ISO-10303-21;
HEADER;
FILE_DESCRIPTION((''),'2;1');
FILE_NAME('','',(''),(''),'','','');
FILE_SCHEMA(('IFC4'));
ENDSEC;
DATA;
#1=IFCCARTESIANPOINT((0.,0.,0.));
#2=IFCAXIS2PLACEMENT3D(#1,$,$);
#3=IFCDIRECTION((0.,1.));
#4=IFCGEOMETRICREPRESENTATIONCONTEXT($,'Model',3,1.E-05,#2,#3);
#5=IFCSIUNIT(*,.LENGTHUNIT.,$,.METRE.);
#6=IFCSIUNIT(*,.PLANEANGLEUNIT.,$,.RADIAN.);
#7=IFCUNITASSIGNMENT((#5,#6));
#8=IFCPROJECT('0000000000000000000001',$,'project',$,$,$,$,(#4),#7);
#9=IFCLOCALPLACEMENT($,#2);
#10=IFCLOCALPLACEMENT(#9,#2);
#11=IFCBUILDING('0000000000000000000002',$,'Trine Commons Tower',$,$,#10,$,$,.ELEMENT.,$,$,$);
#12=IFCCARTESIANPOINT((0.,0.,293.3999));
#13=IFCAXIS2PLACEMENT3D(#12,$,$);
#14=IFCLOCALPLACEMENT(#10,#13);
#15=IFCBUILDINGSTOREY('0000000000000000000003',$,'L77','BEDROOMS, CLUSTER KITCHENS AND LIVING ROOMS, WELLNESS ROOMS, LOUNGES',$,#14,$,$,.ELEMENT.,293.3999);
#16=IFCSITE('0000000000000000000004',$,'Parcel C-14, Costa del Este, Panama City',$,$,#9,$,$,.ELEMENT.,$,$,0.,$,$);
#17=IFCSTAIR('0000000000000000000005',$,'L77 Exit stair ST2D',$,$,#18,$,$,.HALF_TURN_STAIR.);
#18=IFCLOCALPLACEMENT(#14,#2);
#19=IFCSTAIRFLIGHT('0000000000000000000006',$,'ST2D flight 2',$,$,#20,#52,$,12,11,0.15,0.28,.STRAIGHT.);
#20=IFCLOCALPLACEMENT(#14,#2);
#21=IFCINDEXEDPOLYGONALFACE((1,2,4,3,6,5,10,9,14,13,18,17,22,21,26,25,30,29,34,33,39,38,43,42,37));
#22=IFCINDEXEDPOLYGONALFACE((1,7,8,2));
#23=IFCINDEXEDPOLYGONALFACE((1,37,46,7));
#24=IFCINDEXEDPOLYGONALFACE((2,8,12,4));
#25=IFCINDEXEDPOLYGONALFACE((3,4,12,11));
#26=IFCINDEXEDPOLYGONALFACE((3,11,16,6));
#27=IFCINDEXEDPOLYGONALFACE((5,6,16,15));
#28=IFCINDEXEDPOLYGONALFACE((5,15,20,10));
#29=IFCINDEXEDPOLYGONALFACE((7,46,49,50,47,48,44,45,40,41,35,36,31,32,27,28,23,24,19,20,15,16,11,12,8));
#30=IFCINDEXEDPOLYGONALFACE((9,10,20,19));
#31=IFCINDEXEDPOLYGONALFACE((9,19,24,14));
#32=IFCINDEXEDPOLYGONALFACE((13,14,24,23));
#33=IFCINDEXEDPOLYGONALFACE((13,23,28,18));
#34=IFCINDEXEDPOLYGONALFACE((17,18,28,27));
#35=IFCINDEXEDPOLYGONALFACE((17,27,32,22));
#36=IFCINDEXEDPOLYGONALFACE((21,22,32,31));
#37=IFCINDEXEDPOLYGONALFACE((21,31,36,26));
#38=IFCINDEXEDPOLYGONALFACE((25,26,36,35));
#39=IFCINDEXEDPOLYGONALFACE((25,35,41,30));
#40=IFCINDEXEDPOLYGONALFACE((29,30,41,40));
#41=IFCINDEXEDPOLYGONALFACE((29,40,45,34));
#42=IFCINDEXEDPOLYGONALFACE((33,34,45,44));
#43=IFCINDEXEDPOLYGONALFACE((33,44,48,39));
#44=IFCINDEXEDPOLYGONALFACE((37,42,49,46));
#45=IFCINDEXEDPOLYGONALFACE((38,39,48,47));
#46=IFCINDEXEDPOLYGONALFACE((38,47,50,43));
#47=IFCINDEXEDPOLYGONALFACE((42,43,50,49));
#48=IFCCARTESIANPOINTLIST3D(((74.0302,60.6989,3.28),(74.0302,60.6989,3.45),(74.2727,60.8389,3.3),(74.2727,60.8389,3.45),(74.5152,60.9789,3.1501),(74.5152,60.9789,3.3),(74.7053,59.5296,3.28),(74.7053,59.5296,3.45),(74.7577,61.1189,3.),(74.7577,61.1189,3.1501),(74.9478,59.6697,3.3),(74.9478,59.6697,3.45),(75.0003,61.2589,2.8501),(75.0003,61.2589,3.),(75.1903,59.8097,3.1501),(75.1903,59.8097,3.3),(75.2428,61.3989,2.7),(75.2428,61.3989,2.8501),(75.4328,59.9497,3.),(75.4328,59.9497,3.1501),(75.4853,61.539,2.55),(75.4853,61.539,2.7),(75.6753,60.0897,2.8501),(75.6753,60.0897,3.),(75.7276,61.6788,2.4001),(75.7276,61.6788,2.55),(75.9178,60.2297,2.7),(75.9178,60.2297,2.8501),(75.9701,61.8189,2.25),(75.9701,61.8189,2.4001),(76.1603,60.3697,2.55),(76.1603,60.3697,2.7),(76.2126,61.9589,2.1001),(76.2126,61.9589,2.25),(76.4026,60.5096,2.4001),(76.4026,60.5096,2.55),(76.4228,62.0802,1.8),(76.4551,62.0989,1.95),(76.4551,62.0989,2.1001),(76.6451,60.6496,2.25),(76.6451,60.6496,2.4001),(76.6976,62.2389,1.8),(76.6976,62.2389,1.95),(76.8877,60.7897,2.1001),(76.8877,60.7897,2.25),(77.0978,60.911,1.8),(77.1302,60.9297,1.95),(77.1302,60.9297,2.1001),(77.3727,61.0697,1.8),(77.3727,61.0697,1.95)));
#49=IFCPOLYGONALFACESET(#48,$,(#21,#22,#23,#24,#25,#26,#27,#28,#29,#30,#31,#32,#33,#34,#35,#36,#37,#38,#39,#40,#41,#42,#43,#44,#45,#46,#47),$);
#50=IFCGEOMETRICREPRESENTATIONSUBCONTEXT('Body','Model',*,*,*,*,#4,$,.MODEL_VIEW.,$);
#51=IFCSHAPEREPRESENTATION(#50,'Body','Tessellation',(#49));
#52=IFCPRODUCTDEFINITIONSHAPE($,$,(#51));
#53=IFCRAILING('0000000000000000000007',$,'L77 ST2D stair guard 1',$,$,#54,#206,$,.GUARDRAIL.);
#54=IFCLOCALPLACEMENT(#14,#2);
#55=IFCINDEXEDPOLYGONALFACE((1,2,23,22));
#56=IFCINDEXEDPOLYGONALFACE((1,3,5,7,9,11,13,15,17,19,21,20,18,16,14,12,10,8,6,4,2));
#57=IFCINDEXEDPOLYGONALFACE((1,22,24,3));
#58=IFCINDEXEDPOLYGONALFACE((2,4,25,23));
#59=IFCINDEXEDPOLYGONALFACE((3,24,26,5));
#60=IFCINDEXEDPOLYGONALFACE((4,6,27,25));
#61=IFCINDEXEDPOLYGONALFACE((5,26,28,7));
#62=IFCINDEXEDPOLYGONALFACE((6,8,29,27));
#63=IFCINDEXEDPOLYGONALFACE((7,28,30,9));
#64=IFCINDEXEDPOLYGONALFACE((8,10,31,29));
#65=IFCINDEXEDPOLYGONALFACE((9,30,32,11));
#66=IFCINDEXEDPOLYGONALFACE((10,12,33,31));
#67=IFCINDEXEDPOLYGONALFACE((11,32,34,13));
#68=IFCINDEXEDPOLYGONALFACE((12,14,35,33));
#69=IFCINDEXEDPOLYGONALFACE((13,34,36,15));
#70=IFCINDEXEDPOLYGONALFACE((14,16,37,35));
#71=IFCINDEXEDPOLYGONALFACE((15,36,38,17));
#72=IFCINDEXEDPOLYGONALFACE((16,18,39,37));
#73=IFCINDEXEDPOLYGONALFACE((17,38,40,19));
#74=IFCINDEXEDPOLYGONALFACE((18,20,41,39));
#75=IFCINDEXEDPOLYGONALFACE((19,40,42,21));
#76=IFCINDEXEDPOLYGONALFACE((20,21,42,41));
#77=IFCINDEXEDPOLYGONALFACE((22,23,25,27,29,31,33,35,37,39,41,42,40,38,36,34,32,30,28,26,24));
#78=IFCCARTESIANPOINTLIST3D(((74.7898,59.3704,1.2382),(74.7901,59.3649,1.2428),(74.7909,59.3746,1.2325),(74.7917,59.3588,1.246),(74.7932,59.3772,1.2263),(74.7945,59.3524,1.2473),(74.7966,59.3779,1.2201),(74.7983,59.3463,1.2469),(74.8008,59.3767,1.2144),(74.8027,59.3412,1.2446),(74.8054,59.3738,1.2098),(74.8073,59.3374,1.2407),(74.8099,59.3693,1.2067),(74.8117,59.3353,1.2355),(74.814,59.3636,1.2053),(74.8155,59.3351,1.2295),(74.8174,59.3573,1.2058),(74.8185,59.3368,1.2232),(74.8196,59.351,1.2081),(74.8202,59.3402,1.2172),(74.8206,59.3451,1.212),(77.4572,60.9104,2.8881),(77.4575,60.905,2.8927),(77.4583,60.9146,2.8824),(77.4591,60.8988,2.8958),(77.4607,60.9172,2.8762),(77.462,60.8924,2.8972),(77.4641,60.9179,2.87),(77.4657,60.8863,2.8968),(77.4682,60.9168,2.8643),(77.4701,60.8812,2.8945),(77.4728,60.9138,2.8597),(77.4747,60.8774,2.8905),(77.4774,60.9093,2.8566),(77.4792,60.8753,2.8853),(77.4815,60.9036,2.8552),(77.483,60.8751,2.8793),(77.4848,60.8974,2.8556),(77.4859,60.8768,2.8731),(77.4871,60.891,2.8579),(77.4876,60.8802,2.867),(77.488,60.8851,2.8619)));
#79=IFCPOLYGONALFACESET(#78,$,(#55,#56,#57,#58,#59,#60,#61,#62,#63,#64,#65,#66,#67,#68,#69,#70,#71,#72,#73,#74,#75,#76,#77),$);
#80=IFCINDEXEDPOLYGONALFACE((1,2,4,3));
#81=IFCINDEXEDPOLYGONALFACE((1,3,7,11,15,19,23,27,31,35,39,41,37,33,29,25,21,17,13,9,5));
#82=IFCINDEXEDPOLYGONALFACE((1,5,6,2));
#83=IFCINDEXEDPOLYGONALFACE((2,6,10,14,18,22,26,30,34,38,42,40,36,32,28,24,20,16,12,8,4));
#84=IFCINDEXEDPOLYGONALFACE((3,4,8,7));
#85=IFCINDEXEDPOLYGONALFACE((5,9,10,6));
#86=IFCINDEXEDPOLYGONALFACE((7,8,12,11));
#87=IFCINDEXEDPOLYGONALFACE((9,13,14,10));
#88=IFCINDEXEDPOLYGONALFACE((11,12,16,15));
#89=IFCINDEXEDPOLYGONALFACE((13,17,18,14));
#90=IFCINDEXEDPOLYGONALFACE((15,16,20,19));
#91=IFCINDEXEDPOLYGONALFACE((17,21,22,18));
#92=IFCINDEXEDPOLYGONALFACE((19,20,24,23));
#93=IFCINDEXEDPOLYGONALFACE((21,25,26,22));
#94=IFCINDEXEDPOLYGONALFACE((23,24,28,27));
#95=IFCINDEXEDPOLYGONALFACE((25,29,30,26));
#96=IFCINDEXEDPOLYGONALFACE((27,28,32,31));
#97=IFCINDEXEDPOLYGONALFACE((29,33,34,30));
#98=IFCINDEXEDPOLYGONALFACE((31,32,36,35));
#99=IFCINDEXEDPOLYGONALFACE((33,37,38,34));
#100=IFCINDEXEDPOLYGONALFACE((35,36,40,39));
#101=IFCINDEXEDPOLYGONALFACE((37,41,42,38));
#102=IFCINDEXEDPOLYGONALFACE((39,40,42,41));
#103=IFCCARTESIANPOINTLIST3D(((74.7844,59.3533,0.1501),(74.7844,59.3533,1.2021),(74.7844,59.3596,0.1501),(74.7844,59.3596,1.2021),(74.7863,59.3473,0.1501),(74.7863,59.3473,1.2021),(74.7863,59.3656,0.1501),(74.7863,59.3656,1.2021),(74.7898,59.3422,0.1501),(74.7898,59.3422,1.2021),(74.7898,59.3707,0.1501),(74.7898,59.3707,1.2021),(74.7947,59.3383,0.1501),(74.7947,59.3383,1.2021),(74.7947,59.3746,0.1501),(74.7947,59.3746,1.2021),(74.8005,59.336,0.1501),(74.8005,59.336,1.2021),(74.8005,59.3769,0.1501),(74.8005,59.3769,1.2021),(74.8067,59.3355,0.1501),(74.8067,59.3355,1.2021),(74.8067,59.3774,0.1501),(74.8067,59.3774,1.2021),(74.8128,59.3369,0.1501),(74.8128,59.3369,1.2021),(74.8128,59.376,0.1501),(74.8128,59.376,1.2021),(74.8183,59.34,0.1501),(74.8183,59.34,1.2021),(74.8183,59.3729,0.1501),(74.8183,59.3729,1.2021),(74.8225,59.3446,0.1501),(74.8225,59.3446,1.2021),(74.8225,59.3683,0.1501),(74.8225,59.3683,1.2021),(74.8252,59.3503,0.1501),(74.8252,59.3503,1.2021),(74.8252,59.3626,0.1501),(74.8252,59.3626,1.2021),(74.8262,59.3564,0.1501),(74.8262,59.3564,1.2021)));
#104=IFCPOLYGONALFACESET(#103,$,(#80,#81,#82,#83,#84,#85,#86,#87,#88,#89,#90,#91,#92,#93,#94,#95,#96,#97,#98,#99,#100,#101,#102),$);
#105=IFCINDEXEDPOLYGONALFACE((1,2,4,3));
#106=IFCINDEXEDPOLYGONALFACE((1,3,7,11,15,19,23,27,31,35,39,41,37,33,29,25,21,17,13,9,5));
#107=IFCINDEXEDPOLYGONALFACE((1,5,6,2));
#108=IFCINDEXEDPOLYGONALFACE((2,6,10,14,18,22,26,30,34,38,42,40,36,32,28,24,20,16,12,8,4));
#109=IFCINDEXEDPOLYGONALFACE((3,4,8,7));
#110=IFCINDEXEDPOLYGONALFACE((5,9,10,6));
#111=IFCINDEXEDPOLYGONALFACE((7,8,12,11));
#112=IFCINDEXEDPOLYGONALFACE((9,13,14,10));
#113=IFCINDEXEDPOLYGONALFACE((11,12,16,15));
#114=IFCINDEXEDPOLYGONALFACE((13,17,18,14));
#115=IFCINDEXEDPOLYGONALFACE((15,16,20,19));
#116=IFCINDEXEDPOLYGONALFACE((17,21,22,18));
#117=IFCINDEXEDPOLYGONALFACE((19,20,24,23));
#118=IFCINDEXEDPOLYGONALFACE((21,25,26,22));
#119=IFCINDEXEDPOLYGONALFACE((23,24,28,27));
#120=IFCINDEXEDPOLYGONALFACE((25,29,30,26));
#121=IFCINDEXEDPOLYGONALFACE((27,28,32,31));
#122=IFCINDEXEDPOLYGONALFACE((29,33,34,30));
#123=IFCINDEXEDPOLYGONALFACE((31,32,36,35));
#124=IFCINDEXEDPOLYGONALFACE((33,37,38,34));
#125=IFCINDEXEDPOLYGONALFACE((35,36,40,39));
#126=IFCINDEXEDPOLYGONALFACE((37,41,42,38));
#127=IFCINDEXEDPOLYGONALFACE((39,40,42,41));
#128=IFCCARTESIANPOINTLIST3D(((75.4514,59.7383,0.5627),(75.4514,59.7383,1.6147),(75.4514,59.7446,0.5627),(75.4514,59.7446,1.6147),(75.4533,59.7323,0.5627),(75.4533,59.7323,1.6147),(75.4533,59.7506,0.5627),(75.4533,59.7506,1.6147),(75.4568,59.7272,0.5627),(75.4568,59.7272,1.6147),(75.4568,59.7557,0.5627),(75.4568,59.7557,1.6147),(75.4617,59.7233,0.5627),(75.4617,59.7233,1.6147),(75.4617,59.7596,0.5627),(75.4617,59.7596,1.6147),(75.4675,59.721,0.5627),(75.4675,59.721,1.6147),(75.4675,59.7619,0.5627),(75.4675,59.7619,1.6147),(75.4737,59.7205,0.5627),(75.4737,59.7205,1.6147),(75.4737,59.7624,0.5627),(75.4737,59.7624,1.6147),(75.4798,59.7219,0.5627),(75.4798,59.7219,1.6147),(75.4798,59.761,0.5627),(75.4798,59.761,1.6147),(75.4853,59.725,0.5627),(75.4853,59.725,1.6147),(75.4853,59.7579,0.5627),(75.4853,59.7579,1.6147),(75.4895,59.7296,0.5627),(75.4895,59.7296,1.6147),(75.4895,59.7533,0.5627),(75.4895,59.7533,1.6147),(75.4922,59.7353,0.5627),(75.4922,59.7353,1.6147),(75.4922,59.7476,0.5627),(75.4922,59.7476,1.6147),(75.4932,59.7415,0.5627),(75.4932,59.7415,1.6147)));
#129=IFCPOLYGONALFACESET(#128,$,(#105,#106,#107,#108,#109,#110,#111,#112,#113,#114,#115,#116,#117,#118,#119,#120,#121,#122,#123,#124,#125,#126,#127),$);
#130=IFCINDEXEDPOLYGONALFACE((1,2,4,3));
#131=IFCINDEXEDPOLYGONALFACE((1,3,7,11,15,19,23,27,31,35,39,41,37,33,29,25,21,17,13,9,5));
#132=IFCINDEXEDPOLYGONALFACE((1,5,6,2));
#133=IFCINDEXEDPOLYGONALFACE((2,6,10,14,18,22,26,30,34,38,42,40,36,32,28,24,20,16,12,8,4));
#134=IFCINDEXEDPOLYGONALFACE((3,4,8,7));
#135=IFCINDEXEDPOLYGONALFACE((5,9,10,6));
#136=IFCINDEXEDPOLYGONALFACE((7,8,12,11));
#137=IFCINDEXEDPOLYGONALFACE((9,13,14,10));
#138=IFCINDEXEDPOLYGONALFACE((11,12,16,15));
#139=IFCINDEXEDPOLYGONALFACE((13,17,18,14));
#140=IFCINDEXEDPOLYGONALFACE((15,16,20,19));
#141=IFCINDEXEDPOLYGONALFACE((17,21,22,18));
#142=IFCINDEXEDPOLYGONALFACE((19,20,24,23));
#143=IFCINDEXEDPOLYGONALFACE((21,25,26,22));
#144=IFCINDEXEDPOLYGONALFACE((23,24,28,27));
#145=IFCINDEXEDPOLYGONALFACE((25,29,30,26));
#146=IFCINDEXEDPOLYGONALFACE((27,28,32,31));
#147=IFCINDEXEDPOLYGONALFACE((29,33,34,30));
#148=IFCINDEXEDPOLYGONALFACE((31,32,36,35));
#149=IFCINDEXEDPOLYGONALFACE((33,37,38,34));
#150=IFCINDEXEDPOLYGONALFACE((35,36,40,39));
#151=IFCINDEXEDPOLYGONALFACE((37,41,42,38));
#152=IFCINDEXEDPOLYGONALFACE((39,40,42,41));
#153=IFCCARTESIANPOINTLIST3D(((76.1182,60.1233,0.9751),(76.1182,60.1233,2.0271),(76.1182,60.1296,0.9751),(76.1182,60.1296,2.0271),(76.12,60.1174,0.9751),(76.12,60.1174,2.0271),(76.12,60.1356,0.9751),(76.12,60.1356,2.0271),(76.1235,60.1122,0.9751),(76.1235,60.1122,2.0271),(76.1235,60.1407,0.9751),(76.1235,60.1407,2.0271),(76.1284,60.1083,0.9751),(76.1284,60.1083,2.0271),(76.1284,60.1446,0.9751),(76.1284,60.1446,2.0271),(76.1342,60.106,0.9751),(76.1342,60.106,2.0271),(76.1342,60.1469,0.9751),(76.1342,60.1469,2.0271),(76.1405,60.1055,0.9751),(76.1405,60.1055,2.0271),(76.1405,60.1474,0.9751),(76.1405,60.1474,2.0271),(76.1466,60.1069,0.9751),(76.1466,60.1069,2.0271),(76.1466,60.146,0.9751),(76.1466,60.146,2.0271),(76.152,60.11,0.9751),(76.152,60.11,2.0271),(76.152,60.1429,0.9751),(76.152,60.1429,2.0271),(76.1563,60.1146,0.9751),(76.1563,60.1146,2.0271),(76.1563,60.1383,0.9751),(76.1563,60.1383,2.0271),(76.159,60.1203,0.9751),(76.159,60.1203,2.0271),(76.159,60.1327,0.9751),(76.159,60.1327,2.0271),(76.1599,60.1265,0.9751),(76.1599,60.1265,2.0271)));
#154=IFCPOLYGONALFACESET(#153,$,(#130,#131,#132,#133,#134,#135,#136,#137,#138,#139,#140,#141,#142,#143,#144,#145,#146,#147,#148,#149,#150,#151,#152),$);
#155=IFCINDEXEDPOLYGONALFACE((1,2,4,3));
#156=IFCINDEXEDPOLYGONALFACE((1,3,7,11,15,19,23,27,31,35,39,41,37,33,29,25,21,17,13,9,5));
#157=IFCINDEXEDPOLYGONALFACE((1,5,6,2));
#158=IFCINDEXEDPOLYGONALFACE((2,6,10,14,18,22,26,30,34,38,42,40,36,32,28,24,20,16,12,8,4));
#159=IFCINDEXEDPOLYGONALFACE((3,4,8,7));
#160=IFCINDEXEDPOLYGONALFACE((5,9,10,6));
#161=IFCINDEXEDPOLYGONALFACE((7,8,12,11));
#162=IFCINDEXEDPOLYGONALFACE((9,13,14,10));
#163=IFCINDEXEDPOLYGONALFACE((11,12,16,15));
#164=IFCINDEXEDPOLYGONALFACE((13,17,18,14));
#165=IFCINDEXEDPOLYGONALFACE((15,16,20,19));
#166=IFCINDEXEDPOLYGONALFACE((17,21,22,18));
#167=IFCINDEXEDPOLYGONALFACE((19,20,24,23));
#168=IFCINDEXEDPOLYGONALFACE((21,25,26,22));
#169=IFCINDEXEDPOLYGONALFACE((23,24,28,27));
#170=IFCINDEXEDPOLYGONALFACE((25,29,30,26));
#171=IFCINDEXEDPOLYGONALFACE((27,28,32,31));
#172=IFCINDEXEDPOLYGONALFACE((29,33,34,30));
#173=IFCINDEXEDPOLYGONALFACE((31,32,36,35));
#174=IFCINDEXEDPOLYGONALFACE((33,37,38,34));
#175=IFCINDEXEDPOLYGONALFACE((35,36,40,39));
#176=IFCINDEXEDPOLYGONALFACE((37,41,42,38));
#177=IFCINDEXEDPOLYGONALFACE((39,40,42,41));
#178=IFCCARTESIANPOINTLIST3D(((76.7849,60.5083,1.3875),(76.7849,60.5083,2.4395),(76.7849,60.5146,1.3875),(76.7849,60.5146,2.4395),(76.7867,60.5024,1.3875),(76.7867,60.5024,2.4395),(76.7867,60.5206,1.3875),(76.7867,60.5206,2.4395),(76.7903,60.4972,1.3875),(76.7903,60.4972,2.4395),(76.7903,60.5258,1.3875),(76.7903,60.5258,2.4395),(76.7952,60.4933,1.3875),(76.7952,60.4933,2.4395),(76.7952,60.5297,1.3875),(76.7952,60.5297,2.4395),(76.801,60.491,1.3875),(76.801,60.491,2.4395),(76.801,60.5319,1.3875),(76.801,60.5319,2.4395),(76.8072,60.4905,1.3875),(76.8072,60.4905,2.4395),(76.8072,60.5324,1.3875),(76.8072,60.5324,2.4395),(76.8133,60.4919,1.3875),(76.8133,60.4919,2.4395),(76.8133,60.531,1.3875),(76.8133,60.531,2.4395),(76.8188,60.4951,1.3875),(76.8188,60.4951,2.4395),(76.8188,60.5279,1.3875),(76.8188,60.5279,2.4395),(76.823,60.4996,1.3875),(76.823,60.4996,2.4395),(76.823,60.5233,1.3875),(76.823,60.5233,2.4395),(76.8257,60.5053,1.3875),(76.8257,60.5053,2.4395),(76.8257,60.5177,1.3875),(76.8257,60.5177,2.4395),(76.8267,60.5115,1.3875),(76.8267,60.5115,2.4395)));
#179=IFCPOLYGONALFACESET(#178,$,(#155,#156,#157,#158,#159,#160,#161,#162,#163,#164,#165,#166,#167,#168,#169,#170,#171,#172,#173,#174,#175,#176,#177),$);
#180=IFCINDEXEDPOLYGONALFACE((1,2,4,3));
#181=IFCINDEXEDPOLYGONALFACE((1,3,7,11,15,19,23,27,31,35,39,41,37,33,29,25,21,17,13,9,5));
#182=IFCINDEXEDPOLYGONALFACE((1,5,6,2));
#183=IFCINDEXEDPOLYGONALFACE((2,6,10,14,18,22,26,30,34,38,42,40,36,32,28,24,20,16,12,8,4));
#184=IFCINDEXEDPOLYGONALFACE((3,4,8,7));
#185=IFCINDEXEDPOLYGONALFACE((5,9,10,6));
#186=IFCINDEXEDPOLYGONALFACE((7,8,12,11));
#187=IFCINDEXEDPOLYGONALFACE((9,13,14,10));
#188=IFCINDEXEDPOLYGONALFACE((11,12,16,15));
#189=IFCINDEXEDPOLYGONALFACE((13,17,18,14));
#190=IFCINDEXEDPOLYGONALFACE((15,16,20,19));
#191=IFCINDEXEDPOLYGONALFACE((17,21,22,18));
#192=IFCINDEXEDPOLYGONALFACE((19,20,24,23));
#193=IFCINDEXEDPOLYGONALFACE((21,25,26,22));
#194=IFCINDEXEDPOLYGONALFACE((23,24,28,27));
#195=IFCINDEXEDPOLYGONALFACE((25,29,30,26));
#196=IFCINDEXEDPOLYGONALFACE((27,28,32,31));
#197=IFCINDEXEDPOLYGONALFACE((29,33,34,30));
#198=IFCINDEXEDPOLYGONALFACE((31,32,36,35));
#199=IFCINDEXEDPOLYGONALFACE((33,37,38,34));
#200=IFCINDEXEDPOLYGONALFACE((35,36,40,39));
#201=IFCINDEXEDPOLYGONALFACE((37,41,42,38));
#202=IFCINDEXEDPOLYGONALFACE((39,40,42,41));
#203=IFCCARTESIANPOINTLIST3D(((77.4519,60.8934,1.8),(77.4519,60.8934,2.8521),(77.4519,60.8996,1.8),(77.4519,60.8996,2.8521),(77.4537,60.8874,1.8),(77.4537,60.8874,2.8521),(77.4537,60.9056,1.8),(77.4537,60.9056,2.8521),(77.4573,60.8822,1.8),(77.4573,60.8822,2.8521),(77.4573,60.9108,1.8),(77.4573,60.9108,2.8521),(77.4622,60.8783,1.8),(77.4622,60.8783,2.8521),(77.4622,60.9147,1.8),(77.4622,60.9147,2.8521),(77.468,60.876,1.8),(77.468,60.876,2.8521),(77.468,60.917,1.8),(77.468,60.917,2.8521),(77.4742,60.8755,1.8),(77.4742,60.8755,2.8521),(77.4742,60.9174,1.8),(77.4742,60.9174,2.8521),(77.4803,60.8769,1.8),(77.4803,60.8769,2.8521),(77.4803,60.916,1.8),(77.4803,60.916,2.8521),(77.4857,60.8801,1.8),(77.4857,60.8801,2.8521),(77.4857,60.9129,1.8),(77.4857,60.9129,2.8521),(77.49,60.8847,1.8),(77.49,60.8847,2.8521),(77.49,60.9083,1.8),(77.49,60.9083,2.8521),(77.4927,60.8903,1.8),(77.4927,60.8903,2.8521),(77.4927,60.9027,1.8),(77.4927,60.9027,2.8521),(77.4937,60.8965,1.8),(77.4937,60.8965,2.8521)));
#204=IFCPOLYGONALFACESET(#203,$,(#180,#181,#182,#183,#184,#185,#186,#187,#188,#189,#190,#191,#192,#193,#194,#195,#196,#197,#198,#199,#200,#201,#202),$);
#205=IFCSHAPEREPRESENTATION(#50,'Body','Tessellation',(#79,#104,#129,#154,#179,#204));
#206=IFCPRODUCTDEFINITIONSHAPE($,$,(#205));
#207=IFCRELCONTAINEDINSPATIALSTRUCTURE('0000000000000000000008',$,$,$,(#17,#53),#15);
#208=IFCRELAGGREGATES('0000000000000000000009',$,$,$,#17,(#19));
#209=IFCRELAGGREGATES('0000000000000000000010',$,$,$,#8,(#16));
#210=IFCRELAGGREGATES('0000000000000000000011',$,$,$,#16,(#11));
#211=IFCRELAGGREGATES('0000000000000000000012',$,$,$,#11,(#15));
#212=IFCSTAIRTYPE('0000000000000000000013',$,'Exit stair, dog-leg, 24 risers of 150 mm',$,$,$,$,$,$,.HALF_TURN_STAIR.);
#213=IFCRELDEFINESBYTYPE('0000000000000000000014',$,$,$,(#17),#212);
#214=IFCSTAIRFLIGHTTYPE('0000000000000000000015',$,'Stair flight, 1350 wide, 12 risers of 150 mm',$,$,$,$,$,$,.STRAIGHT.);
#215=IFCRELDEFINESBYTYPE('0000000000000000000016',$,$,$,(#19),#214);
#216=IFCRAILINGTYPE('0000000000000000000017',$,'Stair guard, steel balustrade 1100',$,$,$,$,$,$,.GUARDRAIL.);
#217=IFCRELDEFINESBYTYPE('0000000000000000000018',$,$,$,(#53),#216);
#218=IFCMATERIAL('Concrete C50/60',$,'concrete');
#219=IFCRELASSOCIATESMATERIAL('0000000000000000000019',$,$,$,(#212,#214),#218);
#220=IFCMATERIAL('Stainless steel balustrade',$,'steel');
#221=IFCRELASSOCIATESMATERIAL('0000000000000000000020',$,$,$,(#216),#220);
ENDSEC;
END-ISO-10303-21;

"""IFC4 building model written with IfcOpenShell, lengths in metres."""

from ifc_helpers import new_model, si_unit, direction, frame, origin, origin_2d, place, context, subcontext, project, spatial, polyline, circle, outline, extrude, material, type_object, element, aggregate, save


model = new_model("IFC4")

# Units and contexts
model_context = context("Model", 3, precision=1e-05, world=origin(), true_north=direction((0.0, 1.0)))
body_context = subcontext(model_context, "Body", "Model", "MODEL_VIEW")
ifc_project = project(units=[si_unit("LENGTHUNIT", "METRE"), si_unit("PLANEANGLEUNIT", "RADIAN")], contexts=[model_context])

# Site, building, storey
site_placement = place(None, origin())
site = spatial("IfcSite", under=ifc_project, at=site_placement, Name="Parcel C-14, Costa del Este, Panama City", CompositionType="ELEMENT", RefElevation=0.0)
building_placement = place(site_placement, origin())
building = spatial("IfcBuilding", under=site, at=building_placement, Name="Trine Commons Tower", CompositionType="ELEMENT")
storey_placement = place(building_placement, frame((0.0, 0.0, 293.3999)))
storey = spatial("IfcBuildingStorey", under=building, at=storey_placement, Name="L77", Description="BEDROOMS, CLUSTER KITCHENS AND LIVING ROOMS, WELLNESS ROOMS, LOUNGES", CompositionType="ELEMENT", Elevation=293.3999)

# Shared definitions
ifc_material_1 = material(Name="Concrete C50/60", Category="concrete")

# Stair, stair flight
stair_type = type_object("IfcStairType", Name="Exit stair, dog-leg, 24 risers of 150 mm", PredefinedType="HALF_TURN_STAIR", material=ifc_material_1)
stair_placement = place(storey_placement, origin())
stair = element("IfcStair", 1, at=stair_placement, inside=storey, type_object=stair_type, Name="L77 Exit stair ST2D", PredefinedType="HALF_TURN_STAIR")
stair_flight_type = type_object("IfcStairFlightType", Name="Stair flight, 1350 wide, 12 risers of 150 mm", PredefinedType="STRAIGHT", material=ifc_material_1)
stair_flight_1_placement = place(storey_placement, frame((77.0352, 61.6543, 1.8), z_axis=(0.0, 0.0, 1.0), x_axis=(-0.866025, -0.5, 0.0)))
stair_flight_1 = element("IfcStairFlight", 2, at=stair_flight_1_placement, type_object=stair_flight_type, Name="ST2D flight 2", NumberOfRisers=12, NumberOfTreads=11, PredefinedType="STRAIGHT", RiserHeight=0.15, TreadLength=0.28, context=body_context, shape_type="SweptSolid", body=[
    extrude(outline(polyline([(0.0, 0.0), (0.0, 0.1499), (0.28, 0.1499), (0.28, 0.3), (0.5601, 0.3), (0.5601, 0.45), (0.8401, 0.45), (0.8401, 0.6001), (1.1201, 0.6001), (1.1201, 0.75), (1.3999, 0.75), (1.3999, 0.8999), (1.6799, 0.8999), (1.6799, 1.05), (1.96, 1.05), (1.96, 1.2), (2.24, 1.2), (2.24, 1.3501), (2.52, 1.3501), (2.52, 1.5), (2.8, 1.5), (2.8, 1.6499), (3.0801, 1.6499), (3.0801, 1.8), (3.0801, 1.48), (0.3174, 0.0), (0.0, 0.0)])), frame((0.0, 0.675, 0.0), z_axis=(0.0, -1.0, 0.0), x_axis=(1.0, 0.0, 0.0)), (0.0, 0.0, 1.0), 1.3501),
])
aggregate(stair, [stair_flight_1])

# Railing
ifc_material_2 = material(Name="Stainless steel balustrade", Category="steel")
railing_type_1 = type_object("IfcRailingType", Name="Stair guard, steel balustrade 1100", PredefinedType="GUARDRAIL", material=ifc_material_2)
railing_1_placement = place(storey_placement, frame((74.8052, 59.3564, 0.1501)))
element("IfcRailing", 3, at=railing_1_placement, inside=storey, type_object=railing_type_1, Name="L77 ST2D stair guard 1", PredefinedType="GUARDRAIL", context=body_context, shape_type="SweptSolid", body=[
    extrude(circle(Radius=0.0239, at=origin_2d()), frame((0.0, 0.0, 1.0762), z_axis=(0.763405, 0.440743, 0.472185), x_axis=(-0.499992, 0.86603, 0.0)), (0.0, 0.0, 1.0), 3.4941),
    extrude(circle(Radius=0.021, at=origin_2d()), origin(), (0.0, 0.0, 1.0), 1.052),
    extrude(circle(Radius=0.021, at=origin_2d()), frame((0.667, 0.385, 0.4126)), (0.0, 0.0, 1.0), 1.052),
    extrude(circle(Radius=0.021, at=origin_2d()), frame((1.3337, 0.77, 0.825)), (0.0, 0.0, 1.0), 1.052),
    extrude(circle(Radius=0.021, at=origin_2d()), frame((2.0005, 1.155, 1.2373)), (0.0, 0.0, 1.0), 1.052),
    extrude(circle(Radius=0.021, at=origin_2d()), frame((2.6675, 1.54, 1.6499)), (0.0, 0.0, 1.0), 1.052),
])

save(model, "model.ifc")
